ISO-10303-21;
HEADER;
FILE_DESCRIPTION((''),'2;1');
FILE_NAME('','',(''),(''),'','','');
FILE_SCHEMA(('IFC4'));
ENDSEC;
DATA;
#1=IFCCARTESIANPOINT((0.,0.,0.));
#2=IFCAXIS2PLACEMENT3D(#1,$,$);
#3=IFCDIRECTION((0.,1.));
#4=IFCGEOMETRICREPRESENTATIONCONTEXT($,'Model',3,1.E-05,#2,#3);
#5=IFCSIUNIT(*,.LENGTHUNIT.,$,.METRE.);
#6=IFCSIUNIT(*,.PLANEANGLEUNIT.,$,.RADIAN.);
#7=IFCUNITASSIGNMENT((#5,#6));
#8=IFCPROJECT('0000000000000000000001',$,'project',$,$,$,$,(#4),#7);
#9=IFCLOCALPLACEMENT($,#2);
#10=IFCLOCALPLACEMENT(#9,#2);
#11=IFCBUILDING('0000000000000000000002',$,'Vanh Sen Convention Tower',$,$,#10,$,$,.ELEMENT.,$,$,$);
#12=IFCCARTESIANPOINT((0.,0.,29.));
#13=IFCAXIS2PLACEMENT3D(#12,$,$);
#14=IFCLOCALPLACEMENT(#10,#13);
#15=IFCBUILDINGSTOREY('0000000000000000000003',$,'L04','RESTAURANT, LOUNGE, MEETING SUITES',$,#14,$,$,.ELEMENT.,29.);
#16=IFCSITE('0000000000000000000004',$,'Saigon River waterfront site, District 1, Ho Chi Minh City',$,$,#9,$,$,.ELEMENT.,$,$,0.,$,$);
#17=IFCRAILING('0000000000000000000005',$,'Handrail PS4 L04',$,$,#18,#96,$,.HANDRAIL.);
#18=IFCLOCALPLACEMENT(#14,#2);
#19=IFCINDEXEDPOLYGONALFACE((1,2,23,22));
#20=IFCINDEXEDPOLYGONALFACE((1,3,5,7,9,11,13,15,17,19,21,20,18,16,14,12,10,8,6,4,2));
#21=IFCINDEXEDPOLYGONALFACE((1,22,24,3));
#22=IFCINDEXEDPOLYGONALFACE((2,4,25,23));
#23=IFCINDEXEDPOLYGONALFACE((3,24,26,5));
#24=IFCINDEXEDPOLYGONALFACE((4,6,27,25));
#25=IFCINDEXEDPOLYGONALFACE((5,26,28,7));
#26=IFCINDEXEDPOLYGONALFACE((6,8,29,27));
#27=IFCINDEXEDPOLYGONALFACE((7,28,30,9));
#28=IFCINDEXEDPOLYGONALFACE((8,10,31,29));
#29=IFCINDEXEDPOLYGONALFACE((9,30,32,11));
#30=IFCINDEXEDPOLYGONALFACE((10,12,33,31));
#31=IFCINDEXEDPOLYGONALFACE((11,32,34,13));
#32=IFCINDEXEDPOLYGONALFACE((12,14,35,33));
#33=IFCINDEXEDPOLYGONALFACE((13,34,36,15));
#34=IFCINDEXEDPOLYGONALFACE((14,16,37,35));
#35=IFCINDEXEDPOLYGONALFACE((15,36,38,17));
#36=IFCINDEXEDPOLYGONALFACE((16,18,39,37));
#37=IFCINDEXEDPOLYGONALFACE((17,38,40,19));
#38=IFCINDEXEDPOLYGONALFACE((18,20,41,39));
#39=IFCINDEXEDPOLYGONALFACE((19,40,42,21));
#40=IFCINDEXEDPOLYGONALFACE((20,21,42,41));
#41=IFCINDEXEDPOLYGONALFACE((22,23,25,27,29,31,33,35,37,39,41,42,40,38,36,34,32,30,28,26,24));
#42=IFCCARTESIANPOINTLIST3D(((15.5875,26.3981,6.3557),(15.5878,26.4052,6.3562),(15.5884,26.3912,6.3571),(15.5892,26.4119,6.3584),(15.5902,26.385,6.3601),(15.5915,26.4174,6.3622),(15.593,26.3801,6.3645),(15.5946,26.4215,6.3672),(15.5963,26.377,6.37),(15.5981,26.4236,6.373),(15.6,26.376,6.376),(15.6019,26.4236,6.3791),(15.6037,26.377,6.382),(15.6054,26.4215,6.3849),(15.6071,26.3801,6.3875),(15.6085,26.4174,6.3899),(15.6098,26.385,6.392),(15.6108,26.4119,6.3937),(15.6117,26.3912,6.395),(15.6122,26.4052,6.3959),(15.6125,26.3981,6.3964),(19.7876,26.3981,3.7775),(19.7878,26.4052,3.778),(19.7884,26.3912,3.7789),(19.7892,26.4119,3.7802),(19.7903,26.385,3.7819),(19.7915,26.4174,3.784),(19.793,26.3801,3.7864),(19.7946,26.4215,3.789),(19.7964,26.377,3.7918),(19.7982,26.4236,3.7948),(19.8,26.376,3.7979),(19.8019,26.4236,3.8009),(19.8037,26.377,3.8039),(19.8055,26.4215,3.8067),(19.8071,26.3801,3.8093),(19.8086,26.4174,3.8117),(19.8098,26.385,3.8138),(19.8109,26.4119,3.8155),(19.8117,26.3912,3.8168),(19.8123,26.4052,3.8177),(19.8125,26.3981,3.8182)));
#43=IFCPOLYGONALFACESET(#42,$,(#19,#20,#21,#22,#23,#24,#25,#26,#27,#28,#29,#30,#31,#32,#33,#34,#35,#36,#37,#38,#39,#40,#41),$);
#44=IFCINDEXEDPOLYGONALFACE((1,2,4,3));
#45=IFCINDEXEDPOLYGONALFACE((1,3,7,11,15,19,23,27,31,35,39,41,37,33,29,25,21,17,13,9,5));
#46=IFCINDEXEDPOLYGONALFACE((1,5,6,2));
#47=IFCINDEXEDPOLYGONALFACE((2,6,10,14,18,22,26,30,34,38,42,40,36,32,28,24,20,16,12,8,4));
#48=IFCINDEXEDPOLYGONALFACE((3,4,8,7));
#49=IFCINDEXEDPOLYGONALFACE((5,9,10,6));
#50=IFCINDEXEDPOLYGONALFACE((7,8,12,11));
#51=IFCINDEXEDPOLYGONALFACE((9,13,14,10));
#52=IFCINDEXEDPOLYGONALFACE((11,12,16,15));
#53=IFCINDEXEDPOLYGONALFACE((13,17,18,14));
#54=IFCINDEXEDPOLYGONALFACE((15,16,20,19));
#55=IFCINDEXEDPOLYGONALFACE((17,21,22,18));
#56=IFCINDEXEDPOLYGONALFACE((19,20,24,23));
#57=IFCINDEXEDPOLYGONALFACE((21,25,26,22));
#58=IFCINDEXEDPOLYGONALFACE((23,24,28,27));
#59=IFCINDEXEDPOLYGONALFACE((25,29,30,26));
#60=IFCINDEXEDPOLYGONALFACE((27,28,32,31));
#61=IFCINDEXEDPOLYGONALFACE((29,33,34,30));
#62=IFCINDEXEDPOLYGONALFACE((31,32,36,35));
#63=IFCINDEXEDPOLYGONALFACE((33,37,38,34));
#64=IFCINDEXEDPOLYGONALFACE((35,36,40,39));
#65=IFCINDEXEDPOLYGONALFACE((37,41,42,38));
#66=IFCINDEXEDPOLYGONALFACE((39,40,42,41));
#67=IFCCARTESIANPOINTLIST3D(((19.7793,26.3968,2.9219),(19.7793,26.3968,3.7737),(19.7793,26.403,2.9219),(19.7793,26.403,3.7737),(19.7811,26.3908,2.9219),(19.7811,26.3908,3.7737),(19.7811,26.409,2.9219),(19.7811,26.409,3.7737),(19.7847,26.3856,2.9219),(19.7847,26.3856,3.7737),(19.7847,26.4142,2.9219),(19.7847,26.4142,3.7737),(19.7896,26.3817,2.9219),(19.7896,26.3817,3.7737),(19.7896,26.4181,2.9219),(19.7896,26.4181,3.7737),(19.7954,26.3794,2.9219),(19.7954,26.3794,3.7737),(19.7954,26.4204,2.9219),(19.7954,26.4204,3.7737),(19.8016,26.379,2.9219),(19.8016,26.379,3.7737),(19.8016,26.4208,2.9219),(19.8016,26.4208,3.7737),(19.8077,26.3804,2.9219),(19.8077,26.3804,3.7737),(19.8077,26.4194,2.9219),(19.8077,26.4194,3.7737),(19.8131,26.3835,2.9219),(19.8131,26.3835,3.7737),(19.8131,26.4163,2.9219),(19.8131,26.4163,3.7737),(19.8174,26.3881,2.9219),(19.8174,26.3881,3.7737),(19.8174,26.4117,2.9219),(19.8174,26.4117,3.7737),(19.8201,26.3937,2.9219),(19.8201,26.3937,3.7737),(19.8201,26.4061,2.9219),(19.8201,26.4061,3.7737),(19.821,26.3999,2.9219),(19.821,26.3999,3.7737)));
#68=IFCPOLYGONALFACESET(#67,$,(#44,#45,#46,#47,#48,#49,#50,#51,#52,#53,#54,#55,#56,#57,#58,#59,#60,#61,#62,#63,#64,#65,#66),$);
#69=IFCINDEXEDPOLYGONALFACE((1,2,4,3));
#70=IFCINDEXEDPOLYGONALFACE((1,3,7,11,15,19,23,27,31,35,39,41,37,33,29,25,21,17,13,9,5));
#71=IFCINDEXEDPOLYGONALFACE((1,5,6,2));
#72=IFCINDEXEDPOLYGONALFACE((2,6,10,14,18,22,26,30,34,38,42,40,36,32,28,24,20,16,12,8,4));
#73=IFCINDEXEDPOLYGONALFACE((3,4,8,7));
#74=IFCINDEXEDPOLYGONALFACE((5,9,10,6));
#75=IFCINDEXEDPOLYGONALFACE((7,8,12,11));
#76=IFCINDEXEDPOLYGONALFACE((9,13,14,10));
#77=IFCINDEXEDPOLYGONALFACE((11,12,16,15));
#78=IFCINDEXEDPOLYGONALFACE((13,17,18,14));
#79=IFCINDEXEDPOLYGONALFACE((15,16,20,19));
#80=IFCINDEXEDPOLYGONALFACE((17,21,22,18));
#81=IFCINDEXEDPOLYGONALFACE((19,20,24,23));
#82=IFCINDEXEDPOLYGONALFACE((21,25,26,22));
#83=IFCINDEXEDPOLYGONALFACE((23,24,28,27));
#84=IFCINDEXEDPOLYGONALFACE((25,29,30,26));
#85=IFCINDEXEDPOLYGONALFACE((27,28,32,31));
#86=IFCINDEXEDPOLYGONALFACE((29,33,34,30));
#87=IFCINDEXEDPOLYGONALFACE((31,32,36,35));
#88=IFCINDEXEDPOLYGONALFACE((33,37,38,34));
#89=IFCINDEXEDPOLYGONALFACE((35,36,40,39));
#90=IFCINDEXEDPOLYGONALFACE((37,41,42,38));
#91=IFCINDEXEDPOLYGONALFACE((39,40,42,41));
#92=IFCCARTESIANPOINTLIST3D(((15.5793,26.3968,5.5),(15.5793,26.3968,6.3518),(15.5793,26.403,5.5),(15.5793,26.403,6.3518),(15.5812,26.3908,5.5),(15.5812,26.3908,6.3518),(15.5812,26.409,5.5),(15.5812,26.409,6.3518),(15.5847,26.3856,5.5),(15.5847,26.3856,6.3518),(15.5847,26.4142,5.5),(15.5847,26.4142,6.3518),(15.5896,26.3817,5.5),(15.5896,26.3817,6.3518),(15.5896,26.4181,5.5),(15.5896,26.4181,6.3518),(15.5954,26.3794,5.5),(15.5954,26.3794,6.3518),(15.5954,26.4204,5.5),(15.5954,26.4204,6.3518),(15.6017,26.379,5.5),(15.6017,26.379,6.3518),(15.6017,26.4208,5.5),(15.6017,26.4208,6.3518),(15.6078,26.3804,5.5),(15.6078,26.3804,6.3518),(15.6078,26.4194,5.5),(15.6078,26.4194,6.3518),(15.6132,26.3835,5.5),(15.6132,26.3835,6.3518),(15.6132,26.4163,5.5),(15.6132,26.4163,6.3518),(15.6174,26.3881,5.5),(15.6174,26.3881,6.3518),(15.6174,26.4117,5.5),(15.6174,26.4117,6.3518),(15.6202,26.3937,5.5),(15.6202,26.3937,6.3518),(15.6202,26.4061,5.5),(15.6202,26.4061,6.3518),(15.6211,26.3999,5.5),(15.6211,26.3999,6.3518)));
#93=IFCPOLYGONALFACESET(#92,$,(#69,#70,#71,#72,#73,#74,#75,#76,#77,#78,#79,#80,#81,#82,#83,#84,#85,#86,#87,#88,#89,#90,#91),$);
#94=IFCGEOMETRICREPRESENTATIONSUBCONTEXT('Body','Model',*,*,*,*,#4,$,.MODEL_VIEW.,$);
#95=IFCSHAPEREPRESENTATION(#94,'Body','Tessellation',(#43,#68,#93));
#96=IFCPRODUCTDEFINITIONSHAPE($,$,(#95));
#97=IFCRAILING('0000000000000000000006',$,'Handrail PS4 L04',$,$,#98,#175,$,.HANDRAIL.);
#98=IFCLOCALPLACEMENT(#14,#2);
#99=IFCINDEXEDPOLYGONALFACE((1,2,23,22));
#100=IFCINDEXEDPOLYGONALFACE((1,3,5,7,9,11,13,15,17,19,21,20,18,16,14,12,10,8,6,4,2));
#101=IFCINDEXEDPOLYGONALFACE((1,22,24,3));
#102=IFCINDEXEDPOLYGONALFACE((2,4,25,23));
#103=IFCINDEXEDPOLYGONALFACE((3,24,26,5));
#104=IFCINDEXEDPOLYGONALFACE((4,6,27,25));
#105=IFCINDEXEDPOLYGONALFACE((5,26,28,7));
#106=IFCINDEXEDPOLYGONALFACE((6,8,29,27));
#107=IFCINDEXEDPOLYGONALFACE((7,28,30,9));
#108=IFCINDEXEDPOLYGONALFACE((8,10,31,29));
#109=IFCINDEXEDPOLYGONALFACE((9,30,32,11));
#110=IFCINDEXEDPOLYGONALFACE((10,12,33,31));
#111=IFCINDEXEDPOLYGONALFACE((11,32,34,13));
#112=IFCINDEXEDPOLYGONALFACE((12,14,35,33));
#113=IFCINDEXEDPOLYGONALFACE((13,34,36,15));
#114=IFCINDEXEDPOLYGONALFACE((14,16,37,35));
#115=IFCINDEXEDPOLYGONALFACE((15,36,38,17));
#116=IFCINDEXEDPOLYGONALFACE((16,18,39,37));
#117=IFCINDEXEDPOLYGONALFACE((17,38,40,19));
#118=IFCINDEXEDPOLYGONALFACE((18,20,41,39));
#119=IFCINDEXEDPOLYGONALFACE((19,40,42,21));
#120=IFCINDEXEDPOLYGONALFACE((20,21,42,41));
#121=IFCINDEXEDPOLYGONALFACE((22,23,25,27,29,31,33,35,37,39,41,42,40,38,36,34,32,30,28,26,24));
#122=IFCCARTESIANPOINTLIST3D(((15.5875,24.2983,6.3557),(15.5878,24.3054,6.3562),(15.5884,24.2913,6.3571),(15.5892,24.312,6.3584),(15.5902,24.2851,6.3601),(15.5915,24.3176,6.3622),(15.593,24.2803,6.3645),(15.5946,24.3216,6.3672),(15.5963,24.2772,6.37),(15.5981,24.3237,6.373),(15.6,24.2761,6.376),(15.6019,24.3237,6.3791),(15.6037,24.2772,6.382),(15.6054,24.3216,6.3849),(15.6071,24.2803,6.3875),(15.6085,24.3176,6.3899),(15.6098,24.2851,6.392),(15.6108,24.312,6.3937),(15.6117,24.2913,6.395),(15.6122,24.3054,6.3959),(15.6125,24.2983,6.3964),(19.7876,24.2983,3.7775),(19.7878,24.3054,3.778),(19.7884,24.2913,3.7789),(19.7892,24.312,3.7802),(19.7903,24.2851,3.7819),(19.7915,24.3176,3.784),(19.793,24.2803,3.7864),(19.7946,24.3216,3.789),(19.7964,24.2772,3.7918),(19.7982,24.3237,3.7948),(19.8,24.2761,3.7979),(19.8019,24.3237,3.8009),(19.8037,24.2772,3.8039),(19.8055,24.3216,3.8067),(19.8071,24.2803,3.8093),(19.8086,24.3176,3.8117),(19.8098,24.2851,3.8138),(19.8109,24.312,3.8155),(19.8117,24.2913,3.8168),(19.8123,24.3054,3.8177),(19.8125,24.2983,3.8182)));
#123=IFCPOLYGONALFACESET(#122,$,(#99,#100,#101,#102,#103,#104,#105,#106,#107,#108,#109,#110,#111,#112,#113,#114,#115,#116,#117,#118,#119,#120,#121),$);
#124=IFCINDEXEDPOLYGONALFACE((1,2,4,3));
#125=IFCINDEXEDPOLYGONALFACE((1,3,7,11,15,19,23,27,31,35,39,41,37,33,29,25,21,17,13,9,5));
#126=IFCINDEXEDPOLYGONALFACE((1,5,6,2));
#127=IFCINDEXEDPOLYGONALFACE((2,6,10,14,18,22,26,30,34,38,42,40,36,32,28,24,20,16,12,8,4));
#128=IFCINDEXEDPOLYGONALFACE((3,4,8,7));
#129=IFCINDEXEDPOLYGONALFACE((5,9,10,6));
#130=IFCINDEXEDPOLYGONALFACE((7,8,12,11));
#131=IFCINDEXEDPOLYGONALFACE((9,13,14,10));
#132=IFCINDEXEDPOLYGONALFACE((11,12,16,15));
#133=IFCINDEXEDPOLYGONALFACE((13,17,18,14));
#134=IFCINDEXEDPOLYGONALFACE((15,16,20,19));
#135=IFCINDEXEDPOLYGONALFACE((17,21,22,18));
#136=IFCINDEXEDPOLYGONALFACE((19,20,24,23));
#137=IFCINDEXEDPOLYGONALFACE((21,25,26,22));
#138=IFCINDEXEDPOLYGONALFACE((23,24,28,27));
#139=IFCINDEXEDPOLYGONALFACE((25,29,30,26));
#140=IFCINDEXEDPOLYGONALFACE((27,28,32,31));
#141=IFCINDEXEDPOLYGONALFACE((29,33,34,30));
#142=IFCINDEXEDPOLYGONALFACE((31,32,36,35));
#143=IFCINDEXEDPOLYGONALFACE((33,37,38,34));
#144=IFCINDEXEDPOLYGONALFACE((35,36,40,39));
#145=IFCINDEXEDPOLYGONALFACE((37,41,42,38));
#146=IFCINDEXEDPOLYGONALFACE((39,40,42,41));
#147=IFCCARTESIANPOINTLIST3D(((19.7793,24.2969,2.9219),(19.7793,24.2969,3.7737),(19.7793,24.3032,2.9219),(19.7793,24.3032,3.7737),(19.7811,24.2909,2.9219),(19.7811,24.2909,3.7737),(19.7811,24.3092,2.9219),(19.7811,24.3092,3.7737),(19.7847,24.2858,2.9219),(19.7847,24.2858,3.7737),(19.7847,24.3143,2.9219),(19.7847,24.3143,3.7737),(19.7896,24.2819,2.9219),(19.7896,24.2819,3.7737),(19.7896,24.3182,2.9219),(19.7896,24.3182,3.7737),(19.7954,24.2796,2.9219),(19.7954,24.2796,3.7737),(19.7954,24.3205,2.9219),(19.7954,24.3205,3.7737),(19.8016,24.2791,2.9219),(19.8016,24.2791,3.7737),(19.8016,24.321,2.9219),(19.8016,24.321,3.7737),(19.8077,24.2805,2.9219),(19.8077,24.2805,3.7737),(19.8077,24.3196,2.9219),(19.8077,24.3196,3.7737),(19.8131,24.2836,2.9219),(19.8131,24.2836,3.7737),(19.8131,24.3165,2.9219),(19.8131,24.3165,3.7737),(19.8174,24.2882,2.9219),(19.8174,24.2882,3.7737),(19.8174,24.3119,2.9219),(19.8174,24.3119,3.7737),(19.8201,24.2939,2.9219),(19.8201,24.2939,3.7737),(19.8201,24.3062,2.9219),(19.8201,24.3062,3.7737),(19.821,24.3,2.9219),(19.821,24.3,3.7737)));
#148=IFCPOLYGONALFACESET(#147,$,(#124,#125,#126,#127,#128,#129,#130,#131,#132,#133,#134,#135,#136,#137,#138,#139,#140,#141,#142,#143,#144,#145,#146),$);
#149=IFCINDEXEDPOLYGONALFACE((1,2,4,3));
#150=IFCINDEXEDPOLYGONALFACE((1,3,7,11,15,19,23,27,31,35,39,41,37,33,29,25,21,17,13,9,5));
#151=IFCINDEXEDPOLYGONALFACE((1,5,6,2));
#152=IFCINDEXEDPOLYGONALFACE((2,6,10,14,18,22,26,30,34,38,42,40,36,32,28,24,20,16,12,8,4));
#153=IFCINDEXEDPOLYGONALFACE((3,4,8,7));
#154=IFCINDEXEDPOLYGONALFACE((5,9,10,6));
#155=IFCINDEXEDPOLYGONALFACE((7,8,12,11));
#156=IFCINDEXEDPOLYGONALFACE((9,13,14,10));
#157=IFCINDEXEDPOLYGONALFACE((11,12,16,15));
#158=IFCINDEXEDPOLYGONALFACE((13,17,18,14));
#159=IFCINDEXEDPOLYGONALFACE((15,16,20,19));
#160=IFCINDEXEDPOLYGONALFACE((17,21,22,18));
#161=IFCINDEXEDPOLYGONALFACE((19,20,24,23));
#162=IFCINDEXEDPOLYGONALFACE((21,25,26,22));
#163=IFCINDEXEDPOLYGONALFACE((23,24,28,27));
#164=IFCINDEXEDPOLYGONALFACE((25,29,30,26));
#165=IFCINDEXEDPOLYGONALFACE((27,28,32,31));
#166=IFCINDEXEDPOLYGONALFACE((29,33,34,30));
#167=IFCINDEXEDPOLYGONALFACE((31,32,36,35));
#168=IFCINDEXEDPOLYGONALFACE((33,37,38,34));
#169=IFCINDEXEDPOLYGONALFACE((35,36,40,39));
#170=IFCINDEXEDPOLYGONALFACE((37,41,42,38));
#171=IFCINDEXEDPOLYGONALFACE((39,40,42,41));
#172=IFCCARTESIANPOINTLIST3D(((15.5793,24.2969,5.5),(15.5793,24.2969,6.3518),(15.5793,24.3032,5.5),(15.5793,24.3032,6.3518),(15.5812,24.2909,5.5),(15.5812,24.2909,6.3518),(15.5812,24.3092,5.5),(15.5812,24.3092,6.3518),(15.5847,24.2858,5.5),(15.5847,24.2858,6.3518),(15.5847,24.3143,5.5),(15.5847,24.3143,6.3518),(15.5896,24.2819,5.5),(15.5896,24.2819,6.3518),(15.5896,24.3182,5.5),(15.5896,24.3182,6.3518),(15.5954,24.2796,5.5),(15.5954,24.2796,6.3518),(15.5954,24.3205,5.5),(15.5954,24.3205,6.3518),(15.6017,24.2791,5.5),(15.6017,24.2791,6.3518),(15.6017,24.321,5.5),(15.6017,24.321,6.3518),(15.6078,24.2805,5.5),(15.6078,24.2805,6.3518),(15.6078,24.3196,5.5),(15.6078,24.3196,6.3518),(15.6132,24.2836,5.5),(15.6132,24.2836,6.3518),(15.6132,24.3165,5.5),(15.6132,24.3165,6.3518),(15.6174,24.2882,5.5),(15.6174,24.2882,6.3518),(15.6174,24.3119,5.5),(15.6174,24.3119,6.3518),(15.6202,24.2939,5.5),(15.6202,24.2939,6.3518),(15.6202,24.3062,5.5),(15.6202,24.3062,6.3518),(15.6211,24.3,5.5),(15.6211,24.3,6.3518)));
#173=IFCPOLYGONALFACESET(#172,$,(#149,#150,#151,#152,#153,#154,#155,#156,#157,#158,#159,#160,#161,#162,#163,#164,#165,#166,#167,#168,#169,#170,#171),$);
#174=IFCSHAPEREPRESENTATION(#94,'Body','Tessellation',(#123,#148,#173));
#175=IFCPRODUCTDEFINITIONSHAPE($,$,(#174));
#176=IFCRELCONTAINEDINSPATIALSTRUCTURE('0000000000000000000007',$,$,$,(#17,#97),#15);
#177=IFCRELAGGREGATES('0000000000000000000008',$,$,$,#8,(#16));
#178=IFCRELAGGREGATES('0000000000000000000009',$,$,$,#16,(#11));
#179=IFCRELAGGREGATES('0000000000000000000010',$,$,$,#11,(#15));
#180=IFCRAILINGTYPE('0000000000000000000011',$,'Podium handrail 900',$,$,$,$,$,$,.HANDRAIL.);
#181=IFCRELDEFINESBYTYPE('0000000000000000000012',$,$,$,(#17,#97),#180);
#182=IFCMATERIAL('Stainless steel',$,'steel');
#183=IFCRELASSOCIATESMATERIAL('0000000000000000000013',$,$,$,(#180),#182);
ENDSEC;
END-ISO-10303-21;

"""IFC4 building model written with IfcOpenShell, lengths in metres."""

from ifc_helpers import new_model, si_unit, direction, frame, origin, origin_2d, place, context, subcontext, project, spatial, circle, extrude, material, type_object, element, save


model = new_model("IFC4")

# Units and contexts
model_context = context("Model", 3, precision=1e-05, world=origin(), true_north=direction((0.0, 1.0)))
body_context = subcontext(model_context, "Body", "Model", "MODEL_VIEW")
ifc_project = project(units=[si_unit("LENGTHUNIT", "METRE"), si_unit("PLANEANGLEUNIT", "RADIAN")], contexts=[model_context])

# Site, building, storey
site_placement = place(None, origin())
site = spatial("IfcSite", under=ifc_project, at=site_placement, Name="Saigon River waterfront site, District 1, Ho Chi Minh City", CompositionType="ELEMENT", RefElevation=0.0)
building_placement = place(site_placement, origin())
building = spatial("IfcBuilding", under=site, at=building_placement, Name="Vanh Sen Convention Tower", CompositionType="ELEMENT")
storey_placement = place(building_placement, frame((0.0, 0.0, 29.0)))
storey = spatial("IfcBuildingStorey", under=building, at=storey_placement, Name="L04", Description="RESTAURANT, LOUNGE, MEETING SUITES", CompositionType="ELEMENT", Elevation=29.0)

# Railings
ifc_material_1 = material(Name="Stainless steel", Category="steel")
railing_type = type_object("IfcRailingType", Name="Podium handrail 900", PredefinedType="HANDRAIL", material=ifc_material_1)
for number, where, name in (
    (1, (19.8, 26.3999, 2.9219), "Handrail PS4 L04"),
    (2, (19.8, 24.3, 2.9219), "Handrail PS4 L04"),
):
    element("IfcRailing", number, at=place(storey_placement, frame(where)), inside=storey, type_object=railing_type, Name=name, PredefinedType="HANDRAIL", context=body_context, shape_type="SweptSolid", body=[
        extrude(circle(Radius=0.0239, at=origin_2d()), frame((0.0, 0.0, 0.876), z_axis=(-0.852243, 0.0, 0.523146), x_axis=(0.0, -1.0, 0.0)), (0.0, 0.0, 1.0), 4.9282),
        extrude(circle(Radius=0.021, at=origin_2d()), origin(), (0.0, 0.0, 1.0), 0.8518),
        extrude(circle(Radius=0.021, at=origin_2d()), frame((-4.2, 0.0, 2.5781)), (0.0, 0.0, 1.0), 0.8518),
    ])

save(model, "model.ifc")
